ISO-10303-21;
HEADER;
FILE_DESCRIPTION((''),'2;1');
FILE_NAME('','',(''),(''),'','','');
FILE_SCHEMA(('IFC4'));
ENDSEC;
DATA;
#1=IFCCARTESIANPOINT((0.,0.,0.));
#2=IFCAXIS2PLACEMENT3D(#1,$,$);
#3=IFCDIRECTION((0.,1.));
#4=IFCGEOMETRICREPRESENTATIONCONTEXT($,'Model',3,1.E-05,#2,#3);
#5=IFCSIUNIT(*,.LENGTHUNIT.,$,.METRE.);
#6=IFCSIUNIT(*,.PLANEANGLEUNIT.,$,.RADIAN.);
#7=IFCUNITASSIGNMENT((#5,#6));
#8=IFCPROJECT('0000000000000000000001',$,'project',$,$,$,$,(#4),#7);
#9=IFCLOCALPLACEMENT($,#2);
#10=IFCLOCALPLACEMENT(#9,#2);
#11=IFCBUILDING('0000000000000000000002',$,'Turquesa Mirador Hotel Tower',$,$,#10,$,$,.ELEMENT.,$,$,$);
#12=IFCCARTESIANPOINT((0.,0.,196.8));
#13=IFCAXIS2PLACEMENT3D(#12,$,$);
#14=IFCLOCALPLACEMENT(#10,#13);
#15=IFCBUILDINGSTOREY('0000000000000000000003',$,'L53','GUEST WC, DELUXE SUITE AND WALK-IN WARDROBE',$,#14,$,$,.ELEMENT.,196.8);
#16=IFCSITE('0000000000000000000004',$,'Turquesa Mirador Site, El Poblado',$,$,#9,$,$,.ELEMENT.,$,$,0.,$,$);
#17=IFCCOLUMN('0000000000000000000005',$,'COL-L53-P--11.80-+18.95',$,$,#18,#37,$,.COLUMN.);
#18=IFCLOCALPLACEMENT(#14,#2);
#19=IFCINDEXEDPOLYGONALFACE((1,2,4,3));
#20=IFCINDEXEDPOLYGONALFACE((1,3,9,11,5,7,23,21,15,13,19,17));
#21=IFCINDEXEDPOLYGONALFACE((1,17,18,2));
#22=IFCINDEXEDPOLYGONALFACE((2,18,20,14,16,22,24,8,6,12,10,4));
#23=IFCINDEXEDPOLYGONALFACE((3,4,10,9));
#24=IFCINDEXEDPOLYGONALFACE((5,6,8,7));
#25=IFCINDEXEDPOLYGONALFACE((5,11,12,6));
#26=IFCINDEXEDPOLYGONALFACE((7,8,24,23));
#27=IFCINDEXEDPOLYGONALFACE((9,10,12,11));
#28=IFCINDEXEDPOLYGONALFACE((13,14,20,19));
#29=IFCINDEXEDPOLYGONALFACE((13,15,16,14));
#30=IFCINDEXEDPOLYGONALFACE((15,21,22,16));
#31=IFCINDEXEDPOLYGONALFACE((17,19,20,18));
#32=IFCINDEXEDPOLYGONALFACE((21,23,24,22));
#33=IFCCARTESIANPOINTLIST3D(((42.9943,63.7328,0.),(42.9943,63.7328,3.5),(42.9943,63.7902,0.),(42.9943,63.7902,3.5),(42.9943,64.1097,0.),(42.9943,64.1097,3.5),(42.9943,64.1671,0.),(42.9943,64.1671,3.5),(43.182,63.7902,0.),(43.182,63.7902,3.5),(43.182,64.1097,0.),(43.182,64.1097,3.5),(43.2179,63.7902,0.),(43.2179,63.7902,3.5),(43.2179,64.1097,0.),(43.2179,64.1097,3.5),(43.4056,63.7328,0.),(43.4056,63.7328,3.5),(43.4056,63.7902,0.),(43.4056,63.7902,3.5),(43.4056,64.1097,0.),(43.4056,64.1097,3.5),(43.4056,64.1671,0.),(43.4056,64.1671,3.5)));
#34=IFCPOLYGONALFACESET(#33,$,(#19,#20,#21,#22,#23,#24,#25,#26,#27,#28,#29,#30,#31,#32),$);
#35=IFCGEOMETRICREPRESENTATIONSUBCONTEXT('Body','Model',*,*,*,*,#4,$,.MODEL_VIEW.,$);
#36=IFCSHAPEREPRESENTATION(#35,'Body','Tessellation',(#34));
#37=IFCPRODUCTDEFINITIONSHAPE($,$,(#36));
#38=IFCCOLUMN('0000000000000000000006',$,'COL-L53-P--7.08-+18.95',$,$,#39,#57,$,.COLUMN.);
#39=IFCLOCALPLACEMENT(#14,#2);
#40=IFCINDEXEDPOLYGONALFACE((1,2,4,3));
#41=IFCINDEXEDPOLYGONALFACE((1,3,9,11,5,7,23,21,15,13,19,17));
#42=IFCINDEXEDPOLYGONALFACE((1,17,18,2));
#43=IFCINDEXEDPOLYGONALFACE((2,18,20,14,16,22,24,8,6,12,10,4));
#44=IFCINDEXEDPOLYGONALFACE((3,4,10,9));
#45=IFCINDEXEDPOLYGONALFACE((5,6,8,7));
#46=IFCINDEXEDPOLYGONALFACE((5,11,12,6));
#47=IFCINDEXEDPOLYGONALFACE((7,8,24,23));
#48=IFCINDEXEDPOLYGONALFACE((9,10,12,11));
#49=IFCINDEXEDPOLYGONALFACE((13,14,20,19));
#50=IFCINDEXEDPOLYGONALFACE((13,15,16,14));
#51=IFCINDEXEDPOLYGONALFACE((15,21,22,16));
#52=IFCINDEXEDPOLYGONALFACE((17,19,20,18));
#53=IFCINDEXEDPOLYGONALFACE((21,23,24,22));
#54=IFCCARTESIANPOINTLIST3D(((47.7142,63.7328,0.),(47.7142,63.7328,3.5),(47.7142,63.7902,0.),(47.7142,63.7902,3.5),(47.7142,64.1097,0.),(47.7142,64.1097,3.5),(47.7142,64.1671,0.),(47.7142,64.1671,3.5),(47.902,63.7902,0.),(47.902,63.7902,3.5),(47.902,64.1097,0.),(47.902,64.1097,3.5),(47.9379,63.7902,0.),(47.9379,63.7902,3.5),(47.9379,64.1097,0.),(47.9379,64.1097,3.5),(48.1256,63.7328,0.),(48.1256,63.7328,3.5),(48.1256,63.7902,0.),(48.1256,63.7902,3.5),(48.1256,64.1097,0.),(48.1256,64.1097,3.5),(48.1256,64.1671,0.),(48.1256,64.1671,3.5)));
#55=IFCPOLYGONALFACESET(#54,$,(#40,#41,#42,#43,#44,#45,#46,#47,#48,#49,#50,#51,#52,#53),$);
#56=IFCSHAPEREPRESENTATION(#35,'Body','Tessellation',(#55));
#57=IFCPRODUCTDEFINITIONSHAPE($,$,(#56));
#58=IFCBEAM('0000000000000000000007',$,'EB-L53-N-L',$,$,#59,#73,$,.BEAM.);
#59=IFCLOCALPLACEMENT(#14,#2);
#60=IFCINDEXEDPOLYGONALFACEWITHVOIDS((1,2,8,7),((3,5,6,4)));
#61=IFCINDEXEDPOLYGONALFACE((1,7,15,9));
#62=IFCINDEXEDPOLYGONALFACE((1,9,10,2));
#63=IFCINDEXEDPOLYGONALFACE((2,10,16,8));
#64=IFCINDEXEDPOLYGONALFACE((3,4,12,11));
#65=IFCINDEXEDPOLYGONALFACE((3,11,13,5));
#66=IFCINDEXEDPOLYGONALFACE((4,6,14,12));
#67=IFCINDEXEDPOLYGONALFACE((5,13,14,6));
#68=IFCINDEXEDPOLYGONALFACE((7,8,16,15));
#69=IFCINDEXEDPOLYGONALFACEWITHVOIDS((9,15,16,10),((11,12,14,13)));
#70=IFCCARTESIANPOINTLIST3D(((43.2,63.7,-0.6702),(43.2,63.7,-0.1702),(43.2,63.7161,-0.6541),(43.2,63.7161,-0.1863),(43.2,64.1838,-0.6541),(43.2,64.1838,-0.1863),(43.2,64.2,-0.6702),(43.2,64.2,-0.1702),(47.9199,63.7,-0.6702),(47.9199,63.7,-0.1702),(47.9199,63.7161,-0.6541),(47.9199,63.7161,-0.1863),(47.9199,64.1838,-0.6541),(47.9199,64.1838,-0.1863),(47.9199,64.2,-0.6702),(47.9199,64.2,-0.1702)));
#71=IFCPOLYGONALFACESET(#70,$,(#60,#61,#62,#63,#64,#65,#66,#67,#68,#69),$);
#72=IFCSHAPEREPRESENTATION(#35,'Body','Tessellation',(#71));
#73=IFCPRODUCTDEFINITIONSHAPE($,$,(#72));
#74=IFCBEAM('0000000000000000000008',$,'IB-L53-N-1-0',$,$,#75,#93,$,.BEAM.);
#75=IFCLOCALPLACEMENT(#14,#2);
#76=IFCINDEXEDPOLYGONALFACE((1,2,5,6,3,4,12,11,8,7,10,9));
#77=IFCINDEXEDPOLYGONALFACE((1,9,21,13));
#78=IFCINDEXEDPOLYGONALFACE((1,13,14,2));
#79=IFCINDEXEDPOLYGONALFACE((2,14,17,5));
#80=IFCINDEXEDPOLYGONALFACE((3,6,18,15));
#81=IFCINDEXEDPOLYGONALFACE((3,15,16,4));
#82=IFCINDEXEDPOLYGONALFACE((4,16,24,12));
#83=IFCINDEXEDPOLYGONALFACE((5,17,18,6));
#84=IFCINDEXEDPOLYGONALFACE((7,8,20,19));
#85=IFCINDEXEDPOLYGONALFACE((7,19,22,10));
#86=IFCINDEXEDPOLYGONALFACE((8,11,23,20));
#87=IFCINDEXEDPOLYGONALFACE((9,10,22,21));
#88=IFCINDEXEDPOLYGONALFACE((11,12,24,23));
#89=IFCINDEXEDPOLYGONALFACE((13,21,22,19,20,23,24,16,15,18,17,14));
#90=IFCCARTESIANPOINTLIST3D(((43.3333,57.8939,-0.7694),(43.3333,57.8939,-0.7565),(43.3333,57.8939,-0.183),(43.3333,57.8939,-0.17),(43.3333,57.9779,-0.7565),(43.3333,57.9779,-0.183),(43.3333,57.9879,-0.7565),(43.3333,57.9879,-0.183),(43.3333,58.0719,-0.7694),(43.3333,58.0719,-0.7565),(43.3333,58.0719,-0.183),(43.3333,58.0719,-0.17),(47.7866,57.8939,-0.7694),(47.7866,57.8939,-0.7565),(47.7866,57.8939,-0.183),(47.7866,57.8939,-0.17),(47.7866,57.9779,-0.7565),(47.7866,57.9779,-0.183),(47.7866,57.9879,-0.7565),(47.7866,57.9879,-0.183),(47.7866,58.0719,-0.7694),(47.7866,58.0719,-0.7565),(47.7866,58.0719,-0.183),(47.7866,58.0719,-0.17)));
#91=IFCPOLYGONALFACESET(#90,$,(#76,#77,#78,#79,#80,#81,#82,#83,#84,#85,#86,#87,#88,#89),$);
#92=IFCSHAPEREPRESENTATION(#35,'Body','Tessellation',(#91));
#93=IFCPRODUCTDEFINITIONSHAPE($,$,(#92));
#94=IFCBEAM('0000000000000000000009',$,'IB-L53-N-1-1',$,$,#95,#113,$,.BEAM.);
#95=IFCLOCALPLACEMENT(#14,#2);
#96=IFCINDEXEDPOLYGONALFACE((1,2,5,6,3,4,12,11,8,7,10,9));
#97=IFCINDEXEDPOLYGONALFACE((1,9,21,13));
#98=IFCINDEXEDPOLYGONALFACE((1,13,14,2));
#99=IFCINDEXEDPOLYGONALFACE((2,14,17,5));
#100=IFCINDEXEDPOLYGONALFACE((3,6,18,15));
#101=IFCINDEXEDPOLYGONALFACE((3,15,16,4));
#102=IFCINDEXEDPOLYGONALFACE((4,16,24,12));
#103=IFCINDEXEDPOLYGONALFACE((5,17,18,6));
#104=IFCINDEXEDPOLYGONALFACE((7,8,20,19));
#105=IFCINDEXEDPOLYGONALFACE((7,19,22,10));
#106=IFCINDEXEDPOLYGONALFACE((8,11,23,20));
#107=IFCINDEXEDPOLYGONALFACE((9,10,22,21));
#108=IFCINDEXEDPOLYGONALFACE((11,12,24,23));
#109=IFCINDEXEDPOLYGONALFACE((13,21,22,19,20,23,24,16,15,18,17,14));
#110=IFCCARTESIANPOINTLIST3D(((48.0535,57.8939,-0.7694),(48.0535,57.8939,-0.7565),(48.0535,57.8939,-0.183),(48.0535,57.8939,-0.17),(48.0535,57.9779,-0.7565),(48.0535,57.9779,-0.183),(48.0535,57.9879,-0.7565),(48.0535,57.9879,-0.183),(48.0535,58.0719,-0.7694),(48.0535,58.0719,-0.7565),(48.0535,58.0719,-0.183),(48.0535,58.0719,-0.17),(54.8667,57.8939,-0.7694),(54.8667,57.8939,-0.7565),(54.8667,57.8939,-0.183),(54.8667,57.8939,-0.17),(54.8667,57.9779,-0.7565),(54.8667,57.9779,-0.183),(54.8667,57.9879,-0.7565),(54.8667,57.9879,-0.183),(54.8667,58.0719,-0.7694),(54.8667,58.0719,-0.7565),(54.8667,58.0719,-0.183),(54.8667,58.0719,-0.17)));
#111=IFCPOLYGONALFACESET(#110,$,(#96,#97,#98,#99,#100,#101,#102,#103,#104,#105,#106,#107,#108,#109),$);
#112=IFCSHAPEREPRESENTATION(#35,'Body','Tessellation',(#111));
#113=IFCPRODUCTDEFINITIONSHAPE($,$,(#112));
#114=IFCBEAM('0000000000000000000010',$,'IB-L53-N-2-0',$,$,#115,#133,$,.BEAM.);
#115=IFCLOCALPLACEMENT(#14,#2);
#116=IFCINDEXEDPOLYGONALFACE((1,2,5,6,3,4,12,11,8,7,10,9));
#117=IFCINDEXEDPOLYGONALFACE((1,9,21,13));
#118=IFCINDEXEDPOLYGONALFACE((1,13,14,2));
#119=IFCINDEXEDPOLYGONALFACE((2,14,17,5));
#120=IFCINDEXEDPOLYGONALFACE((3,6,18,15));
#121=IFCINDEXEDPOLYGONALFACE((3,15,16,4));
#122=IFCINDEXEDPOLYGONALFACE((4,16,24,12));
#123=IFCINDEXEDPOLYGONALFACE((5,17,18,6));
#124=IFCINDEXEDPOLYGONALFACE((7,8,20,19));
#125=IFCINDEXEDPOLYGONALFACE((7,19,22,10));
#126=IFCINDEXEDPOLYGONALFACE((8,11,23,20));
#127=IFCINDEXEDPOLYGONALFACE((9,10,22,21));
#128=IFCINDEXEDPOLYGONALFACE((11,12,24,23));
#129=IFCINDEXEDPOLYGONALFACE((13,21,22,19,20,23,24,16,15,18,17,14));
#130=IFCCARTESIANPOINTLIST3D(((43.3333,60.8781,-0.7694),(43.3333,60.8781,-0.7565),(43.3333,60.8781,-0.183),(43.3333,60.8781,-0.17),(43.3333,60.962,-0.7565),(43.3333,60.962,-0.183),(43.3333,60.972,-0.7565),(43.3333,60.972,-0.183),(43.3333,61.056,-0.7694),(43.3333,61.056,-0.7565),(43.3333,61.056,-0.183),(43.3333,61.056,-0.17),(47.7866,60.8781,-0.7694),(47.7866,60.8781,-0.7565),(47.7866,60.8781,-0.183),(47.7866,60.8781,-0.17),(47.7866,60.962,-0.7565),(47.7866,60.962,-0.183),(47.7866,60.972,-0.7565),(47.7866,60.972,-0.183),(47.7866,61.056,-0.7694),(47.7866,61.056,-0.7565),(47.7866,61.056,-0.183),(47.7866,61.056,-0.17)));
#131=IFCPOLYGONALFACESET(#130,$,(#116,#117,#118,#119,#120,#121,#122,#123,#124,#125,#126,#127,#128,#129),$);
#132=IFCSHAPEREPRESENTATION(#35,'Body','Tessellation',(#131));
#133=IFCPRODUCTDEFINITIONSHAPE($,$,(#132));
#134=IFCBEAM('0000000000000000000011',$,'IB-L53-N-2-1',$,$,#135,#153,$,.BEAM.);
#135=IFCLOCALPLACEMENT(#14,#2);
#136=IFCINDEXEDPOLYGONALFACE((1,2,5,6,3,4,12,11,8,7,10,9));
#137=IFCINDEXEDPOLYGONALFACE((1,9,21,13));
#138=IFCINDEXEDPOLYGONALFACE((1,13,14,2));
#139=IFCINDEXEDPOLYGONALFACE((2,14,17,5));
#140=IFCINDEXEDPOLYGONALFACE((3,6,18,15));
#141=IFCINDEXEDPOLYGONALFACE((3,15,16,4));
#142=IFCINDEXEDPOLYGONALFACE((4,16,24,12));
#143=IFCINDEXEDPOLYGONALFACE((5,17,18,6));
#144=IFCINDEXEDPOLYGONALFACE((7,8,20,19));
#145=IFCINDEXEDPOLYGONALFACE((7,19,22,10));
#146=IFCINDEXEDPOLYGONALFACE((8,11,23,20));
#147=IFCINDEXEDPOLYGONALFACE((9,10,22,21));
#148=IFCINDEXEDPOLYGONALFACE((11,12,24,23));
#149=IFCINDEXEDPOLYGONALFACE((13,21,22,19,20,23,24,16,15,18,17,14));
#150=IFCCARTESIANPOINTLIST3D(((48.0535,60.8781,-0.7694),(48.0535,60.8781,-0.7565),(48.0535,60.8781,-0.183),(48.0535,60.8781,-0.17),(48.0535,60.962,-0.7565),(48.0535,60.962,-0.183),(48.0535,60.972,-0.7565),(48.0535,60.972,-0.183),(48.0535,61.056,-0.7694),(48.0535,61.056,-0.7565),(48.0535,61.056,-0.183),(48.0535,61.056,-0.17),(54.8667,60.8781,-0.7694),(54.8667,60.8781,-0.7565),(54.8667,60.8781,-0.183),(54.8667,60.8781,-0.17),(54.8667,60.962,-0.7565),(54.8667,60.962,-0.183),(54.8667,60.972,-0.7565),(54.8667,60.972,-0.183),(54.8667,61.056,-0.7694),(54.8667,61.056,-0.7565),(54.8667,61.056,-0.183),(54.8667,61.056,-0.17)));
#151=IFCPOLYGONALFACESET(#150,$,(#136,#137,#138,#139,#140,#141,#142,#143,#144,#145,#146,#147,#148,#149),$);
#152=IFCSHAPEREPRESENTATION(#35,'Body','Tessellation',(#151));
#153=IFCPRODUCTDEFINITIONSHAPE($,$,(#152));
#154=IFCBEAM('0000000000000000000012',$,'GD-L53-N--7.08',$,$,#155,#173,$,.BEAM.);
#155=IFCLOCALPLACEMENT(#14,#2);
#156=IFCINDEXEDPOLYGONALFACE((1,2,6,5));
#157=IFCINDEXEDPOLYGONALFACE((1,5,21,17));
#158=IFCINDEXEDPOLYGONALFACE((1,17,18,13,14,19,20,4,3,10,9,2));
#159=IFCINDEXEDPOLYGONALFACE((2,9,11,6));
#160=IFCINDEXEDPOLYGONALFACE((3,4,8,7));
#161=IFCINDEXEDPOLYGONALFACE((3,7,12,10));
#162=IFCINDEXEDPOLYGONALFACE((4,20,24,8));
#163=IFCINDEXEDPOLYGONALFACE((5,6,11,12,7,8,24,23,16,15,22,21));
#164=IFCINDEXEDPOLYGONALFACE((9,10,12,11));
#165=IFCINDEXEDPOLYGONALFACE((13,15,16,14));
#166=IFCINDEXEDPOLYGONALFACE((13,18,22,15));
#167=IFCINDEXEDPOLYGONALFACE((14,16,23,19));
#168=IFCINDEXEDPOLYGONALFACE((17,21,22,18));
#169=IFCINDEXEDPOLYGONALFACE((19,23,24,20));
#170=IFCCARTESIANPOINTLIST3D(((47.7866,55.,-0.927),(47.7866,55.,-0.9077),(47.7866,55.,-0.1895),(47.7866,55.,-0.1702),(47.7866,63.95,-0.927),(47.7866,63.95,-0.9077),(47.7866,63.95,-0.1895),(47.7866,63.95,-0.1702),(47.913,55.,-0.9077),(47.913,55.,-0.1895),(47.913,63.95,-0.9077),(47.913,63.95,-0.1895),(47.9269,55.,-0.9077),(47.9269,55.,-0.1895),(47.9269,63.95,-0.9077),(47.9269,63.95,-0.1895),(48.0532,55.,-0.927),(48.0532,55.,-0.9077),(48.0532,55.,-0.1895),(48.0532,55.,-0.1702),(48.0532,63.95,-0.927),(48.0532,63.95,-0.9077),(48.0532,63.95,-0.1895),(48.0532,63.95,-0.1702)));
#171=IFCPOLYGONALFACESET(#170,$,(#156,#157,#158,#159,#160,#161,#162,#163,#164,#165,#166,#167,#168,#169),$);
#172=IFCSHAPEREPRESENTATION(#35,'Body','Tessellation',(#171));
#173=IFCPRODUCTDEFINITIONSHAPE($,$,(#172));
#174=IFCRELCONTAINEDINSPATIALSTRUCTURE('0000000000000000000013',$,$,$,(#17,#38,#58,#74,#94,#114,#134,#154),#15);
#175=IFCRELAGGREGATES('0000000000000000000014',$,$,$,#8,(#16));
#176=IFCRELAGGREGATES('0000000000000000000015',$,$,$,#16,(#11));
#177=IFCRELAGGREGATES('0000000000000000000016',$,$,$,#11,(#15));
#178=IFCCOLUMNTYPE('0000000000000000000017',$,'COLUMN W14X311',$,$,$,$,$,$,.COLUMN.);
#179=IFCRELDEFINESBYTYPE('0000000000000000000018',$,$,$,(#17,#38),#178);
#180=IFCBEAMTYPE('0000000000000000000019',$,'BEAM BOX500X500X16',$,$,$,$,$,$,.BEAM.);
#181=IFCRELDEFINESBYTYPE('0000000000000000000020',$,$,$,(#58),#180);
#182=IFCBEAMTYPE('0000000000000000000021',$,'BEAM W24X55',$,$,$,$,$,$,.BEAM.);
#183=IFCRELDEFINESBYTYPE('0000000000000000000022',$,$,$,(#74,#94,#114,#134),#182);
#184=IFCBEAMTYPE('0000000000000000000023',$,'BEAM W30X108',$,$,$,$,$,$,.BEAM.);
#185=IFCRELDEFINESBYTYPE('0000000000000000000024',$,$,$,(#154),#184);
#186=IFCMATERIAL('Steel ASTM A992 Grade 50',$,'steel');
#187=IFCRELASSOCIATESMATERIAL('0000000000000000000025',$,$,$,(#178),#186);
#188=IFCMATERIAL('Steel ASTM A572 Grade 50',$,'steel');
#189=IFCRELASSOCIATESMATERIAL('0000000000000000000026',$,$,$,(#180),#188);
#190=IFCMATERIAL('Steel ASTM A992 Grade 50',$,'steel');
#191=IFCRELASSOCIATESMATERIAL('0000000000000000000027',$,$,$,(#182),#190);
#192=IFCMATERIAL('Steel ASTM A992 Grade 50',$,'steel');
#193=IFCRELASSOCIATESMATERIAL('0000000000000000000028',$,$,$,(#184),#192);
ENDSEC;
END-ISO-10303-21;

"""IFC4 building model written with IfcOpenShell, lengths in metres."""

from ifc_helpers import new_model, si_unit, direction, frame, origin, origin_2d, place, context, subcontext, project, spatial, hollow_rectangle, i_section, extrude, material, material_profile, profile_set, type_object, element, save


model = new_model("IFC4")

# Units and contexts
model_context = context("Model", 3, precision=1e-05, world=origin(), true_north=direction((0.0, 1.0)))
body_context = subcontext(model_context, "Body", "Model", "MODEL_VIEW")
ifc_project = project(units=[si_unit("LENGTHUNIT", "METRE"), si_unit("PLANEANGLEUNIT", "RADIAN")], contexts=[model_context])

# Site, building, storey
site_placement = place(None, origin())
site = spatial("IfcSite", under=ifc_project, at=site_placement, Name="Turquesa Mirador Site, El Poblado", CompositionType="ELEMENT", RefElevation=0.0)
building_placement = place(site_placement, origin())
building = spatial("IfcBuilding", under=site, at=building_placement, Name="Turquesa Mirador Hotel Tower", CompositionType="ELEMENT")
storey_placement = place(building_placement, frame((0.0, 0.0, 196.8)))
storey = spatial("IfcBuildingStorey", under=building, at=storey_placement, Name="L53", Description="GUEST WC, DELUXE SUITE AND WALK-IN WARDROBE", CompositionType="ELEMENT", Elevation=196.8)

# Columns
ifc_material_1 = material(Name="Steel ASTM A992 Grade 50", Category="steel")
ifc_material_profile_1 = material_profile(ifc_material_1, i_section(OverallWidth=0.4114, OverallDepth=0.4343, WebThickness=0.0359, FlangeThickness=0.0574, at=origin_2d()), Name="W14X311")
ifc_profile_set_1 = profile_set([ifc_material_profile_1], Name="Steel ASTM A992 Grade 50")
column_type = type_object("IfcColumnType", Name="COLUMN W14X311", PredefinedType="COLUMN", material=ifc_profile_set_1)
for number, where, z_axis, x_axis, name in (
    (1, (43.2, 63.95, 0.0), (0.0, 0.0, 1.0), (1.0, 0.0, 0.0), "COL-L53-P--11.80-+18.95"),
    (2, (47.9199, 63.95, 0.0), (0.0, 0.0, 1.0), (1.0, 0.0, 0.0), "COL-L53-P--7.08-+18.95"),
):
    element("IfcColumn", number, at=place(storey_placement, frame(where, z_axis=z_axis, x_axis=x_axis)), inside=storey, type_object=column_type, Name=name, PredefinedType="COLUMN", context=body_context, shape_type="SweptSolid", body=[
        extrude(i_section(OverallWidth=0.4114, OverallDepth=0.4343, WebThickness=0.0359, FlangeThickness=0.0574, at=origin_2d()), origin(), (0.0, 0.0, 1.0), 3.5),
    ])

# Beams
ifc_material_2 = material(Name="Steel ASTM A572 Grade 50", Category="steel")
ifc_material_profile_2 = material_profile(ifc_material_2, hollow_rectangle(XDim=0.5, YDim=0.5, WallThickness=0.0161, at=origin_2d()), Name="BOX500X500X16")
ifc_profile_set_2 = profile_set([ifc_material_profile_2], Name="Steel ASTM A572 Grade 50")
beam_type_1 = type_object("IfcBeamType", Name="BEAM BOX500X500X16", PredefinedType="BEAM", material=ifc_profile_set_2)
beam_1_placement = place(storey_placement, frame((43.2, 63.95, -0.4202), z_axis=(1.0, 0.0, 0.0), x_axis=(0.0, 1.0, 0.0)))
element("IfcBeam", 3, at=beam_1_placement, inside=storey, type_object=beam_type_1, Name="EB-L53-N-L", PredefinedType="BEAM", context=body_context, shape_type="SweptSolid", body=[
    extrude(hollow_rectangle(XDim=0.5, YDim=0.5, WallThickness=0.0161, at=origin_2d()), origin(), (0.0, 0.0, 1.0), 4.72),
])
ifc_material_3 = material(Name="Steel ASTM A992 Grade 50", Category="steel")
ifc_material_profile_3 = material_profile(ifc_material_3, i_section(OverallWidth=0.178, OverallDepth=0.5994, WebThickness=0.01, FlangeThickness=0.0129, at=origin_2d()), Name="W24X55")
ifc_profile_set_3 = profile_set([ifc_material_profile_3], Name="Steel ASTM A992 Grade 50")
beam_type_2 = type_object("IfcBeamType", Name="BEAM W24X55", PredefinedType="BEAM", material=ifc_profile_set_3)
beam_2_placement = place(storey_placement, frame((43.3333, 57.9829, -0.4697), z_axis=(1.0, 0.0, 0.0), x_axis=(0.0, 1.0, 0.0)))
element("IfcBeam", 4, at=beam_2_placement, inside=storey, type_object=beam_type_2, Name="IB-L53-N-1-0", PredefinedType="BEAM", context=body_context, shape_type="SweptSolid", body=[
    extrude(i_section(OverallWidth=0.178, OverallDepth=0.5994, WebThickness=0.01, FlangeThickness=0.0129, at=origin_2d()), origin(), (0.0, 0.0, 1.0), 4.4534),
])
beam_3_placement = place(storey_placement, frame((48.0535, 57.9829, -0.4697), z_axis=(1.0, 0.0, 0.0), x_axis=(0.0, 1.0, 0.0)))
element("IfcBeam", 5, at=beam_3_placement, inside=storey, type_object=beam_type_2, Name="IB-L53-N-1-1", PredefinedType="BEAM", context=body_context, shape_type="SweptSolid", body=[
    extrude(i_section(OverallWidth=0.178, OverallDepth=0.5994, WebThickness=0.01, FlangeThickness=0.0129, at=origin_2d()), origin(), (0.0, 0.0, 1.0), 6.8132),
])
beam_4_placement = place(storey_placement, frame((43.3333, 60.967, -0.4697), z_axis=(1.0, 0.0, 0.0), x_axis=(0.0, 1.0, 0.0)))
element("IfcBeam", 6, at=beam_4_placement, inside=storey, type_object=beam_type_2, Name="IB-L53-N-2-0", PredefinedType="BEAM", context=body_context, shape_type="SweptSolid", body=[
    extrude(i_section(OverallWidth=0.178, OverallDepth=0.5994, WebThickness=0.01, FlangeThickness=0.0129, at=origin_2d()), origin(), (0.0, 0.0, 1.0), 4.4534),
])
beam_5_placement = place(storey_placement, frame((48.0535, 60.967, -0.4697), z_axis=(1.0, 0.0, 0.0), x_axis=(0.0, 1.0, 0.0)))
element("IfcBeam", 7, at=beam_5_placement, inside=storey, type_object=beam_type_2, Name="IB-L53-N-2-1", PredefinedType="BEAM", context=body_context, shape_type="SweptSolid", body=[
    extrude(i_section(OverallWidth=0.178, OverallDepth=0.5994, WebThickness=0.01, FlangeThickness=0.0129, at=origin_2d()), origin(), (0.0, 0.0, 1.0), 6.8132),
])
ifc_material_4 = material(Name="Steel ASTM A992 Grade 50", Category="steel")
ifc_material_profile_4 = material_profile(ifc_material_4, i_section(OverallWidth=0.2666, OverallDepth=0.7568, WebThickness=0.0139, FlangeThickness=0.0193, at=origin_2d()), Name="W30X108")
ifc_profile_set_4 = profile_set([ifc_material_profile_4], Name="Steel ASTM A992 Grade 50")
beam_type_3 = type_object("IfcBeamType", Name="BEAM W30X108", PredefinedType="BEAM", material=ifc_profile_set_4)
beam_6_placement = place(storey_placement, frame((47.9199, 63.95, -0.5486), z_axis=(0.0, -1.0, 0.0), x_axis=(1.0, 0.0, 0.0)))
element("IfcBeam", 8, at=beam_6_placement, inside=storey, type_object=beam_type_3, Name="GD-L53-N--7.08", PredefinedType="BEAM", context=body_context, shape_type="SweptSolid", body=[
    extrude(i_section(OverallWidth=0.2666, OverallDepth=0.7568, WebThickness=0.0139, FlangeThickness=0.0193, at=origin_2d()), origin(), (0.0, 0.0, 1.0), 8.95),
])

save(model, "model.ifc")
